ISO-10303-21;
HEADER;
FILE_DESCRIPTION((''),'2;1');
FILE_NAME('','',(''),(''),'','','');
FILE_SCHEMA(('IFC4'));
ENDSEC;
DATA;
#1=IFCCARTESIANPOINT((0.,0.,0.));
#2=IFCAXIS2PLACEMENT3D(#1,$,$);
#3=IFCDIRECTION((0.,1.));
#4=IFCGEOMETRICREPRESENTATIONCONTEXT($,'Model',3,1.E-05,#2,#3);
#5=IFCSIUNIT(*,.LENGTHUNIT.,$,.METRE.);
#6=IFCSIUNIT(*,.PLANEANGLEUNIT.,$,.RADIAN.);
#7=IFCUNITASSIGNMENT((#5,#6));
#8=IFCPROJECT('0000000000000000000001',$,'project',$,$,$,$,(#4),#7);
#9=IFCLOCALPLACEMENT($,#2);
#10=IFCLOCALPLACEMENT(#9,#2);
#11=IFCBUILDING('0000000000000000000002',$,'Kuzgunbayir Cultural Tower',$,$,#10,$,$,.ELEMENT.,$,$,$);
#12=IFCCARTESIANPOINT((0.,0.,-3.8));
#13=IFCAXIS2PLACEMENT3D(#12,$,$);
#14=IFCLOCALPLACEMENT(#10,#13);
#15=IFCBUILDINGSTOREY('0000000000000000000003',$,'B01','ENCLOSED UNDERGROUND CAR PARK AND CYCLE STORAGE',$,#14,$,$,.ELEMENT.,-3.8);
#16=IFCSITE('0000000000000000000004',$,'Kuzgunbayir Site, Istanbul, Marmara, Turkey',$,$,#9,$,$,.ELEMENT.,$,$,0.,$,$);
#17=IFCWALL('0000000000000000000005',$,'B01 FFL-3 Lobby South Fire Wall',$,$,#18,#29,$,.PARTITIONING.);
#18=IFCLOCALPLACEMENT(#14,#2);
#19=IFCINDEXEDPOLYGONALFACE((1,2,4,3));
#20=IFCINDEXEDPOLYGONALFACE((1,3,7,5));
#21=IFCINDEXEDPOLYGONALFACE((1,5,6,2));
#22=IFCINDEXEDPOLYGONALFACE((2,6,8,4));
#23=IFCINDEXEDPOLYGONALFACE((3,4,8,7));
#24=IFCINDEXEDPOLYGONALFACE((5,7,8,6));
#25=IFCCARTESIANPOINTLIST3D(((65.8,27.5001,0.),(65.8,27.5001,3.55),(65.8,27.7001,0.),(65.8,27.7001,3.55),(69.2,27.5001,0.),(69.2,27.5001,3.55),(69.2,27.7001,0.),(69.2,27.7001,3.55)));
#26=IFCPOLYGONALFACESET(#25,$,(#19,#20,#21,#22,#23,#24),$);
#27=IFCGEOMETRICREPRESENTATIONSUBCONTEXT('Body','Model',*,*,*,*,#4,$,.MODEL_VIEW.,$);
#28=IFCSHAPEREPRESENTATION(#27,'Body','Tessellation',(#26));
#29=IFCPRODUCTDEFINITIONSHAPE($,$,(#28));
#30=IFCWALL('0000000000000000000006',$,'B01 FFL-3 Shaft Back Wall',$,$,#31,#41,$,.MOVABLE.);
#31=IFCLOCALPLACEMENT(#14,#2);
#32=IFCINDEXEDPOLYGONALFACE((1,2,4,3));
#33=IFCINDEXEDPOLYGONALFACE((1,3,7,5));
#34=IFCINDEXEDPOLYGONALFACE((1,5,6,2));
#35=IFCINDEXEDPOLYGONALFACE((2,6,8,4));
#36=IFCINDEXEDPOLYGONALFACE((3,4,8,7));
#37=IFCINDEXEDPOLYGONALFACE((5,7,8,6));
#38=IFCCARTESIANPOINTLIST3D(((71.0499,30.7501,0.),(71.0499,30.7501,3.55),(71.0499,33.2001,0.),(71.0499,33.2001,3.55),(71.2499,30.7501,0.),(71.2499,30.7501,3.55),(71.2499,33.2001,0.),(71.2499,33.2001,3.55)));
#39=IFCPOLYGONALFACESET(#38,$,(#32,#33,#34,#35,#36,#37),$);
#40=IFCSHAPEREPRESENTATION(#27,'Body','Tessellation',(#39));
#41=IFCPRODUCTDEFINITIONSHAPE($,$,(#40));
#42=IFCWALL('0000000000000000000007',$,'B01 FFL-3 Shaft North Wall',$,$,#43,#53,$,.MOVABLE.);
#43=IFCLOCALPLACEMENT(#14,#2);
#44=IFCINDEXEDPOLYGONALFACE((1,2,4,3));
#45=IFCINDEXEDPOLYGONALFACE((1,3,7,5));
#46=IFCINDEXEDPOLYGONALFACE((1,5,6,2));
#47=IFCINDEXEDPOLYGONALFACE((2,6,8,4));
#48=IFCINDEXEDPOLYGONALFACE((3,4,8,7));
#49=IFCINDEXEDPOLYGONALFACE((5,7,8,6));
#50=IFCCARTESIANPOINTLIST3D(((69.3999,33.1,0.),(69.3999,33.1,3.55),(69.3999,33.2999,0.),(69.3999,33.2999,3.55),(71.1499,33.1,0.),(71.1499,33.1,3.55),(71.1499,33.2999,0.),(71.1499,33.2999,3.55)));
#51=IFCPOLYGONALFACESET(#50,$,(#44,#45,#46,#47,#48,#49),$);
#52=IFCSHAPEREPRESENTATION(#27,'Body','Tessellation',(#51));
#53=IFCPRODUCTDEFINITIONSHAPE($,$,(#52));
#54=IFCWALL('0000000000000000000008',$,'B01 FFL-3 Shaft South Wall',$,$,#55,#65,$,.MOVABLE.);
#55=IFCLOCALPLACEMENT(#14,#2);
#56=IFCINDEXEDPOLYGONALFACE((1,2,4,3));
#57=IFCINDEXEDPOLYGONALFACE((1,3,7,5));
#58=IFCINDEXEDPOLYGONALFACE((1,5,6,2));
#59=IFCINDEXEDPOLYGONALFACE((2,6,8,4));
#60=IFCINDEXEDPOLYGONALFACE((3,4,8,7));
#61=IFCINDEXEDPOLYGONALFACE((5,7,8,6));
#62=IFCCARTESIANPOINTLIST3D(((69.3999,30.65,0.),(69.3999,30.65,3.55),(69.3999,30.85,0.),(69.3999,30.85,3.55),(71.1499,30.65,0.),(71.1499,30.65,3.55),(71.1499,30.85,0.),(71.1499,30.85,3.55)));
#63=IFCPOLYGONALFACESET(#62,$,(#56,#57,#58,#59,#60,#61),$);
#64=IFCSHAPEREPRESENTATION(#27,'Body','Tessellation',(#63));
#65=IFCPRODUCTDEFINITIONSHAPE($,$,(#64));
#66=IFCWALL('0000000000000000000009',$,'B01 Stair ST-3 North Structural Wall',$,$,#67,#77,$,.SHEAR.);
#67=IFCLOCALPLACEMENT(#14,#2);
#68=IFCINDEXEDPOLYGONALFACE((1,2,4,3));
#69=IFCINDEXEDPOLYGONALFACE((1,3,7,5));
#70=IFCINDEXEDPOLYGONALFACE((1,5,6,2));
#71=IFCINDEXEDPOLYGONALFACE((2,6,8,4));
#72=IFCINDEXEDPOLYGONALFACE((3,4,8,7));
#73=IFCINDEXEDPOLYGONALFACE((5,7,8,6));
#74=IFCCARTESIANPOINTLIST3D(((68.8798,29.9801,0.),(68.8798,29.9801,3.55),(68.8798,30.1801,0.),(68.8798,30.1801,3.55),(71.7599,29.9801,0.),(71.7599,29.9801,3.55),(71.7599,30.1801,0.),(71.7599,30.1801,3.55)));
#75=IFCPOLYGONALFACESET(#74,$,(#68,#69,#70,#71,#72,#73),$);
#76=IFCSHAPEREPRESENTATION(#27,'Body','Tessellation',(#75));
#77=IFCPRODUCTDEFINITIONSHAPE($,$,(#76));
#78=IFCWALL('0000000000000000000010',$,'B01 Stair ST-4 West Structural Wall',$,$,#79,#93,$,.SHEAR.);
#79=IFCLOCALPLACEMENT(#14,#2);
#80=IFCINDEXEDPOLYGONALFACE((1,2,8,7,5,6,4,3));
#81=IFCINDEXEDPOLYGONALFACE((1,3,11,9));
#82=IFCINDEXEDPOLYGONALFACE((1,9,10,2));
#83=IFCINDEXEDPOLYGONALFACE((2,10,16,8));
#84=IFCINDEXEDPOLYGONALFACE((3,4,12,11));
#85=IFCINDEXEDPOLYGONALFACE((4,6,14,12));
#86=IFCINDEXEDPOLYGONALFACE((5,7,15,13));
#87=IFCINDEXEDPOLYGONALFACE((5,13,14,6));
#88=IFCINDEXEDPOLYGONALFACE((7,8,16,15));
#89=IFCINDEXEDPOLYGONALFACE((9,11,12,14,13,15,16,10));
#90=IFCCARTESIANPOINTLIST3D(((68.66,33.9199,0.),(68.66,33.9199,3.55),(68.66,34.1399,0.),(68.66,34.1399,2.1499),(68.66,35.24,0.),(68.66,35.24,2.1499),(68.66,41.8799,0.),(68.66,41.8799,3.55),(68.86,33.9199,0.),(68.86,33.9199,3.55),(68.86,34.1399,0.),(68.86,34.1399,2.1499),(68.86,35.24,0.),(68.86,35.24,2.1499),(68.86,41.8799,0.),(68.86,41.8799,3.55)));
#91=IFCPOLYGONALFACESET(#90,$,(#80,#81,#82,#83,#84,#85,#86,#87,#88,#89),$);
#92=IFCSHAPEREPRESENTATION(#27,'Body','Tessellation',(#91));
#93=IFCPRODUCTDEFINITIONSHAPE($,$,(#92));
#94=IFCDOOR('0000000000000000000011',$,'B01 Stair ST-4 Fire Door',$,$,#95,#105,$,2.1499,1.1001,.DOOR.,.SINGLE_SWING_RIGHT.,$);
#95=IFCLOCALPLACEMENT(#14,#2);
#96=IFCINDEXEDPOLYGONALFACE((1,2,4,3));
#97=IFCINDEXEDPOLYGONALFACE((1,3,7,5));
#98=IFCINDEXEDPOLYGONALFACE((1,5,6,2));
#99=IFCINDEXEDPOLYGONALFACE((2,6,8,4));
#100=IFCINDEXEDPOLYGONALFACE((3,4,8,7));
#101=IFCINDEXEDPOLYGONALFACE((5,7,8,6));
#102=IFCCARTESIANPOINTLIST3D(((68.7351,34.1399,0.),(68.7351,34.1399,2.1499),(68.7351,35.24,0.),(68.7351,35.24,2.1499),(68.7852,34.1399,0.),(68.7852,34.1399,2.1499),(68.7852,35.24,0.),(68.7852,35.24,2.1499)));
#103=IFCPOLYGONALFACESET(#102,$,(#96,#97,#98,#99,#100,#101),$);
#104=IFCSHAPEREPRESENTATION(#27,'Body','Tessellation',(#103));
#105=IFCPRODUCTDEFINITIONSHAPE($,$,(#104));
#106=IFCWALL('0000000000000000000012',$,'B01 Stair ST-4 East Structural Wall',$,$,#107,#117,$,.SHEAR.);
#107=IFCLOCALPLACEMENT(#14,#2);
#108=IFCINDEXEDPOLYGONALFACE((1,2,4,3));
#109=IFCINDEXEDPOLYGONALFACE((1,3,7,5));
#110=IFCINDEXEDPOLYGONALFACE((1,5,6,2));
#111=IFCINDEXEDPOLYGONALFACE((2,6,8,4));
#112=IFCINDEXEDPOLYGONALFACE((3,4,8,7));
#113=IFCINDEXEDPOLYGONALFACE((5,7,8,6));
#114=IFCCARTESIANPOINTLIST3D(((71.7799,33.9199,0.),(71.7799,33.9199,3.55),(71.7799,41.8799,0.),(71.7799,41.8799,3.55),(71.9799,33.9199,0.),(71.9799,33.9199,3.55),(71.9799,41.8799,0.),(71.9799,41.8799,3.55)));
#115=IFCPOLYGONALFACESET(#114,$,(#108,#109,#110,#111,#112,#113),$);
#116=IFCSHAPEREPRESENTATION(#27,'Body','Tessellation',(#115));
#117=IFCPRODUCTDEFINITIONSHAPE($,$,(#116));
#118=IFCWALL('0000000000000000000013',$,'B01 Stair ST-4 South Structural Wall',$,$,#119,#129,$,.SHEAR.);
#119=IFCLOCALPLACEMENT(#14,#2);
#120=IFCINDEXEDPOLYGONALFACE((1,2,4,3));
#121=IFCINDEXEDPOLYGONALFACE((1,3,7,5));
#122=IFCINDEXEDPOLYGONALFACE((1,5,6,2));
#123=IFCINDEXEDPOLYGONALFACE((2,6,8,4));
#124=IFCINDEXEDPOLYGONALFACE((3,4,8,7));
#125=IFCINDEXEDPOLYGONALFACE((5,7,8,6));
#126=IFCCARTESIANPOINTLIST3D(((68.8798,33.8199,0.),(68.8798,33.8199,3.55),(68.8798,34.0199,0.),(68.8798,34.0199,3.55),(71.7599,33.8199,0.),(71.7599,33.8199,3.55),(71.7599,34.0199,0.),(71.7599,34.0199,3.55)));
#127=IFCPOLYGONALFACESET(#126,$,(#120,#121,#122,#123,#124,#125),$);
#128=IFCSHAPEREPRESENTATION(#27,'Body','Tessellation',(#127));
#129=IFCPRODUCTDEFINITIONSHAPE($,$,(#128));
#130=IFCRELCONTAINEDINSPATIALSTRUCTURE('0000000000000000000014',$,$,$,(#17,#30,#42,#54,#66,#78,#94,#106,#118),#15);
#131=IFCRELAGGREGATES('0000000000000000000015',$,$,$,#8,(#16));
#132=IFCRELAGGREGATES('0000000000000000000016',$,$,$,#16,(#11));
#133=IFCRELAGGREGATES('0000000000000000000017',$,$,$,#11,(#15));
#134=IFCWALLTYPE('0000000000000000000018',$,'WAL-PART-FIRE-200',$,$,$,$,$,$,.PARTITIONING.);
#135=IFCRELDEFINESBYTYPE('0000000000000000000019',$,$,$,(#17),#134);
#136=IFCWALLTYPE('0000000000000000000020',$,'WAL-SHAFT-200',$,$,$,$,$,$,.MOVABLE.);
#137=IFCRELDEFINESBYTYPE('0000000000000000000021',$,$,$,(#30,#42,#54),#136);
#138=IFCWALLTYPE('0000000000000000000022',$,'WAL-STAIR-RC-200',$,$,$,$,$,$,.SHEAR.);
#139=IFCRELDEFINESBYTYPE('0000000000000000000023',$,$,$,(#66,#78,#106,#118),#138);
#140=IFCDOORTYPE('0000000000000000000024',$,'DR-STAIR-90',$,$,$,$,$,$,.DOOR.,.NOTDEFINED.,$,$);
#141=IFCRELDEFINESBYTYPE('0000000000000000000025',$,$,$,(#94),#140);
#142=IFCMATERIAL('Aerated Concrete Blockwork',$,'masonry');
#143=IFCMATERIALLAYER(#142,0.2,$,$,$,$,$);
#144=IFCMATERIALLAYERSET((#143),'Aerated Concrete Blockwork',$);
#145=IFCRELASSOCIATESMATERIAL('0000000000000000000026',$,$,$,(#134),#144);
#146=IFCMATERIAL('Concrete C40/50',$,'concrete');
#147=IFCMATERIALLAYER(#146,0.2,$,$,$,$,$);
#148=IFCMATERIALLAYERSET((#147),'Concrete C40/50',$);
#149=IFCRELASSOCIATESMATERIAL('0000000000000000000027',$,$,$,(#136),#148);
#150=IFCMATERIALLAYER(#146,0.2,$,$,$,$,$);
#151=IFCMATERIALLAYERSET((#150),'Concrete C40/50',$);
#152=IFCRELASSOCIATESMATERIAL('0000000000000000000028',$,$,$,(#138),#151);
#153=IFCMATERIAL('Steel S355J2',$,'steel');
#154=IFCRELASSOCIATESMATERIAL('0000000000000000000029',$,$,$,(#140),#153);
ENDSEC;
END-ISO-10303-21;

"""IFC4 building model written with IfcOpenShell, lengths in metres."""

from ifc_helpers import new_model, si_unit, direction, frame, frame_2d, origin, place, context, subcontext, project, spatial, rectangle, extrude, material, layer, layer_set, type_object, element, fill, save


model = new_model("IFC4")

# Units and contexts
model_context = context("Model", 3, precision=1e-05, world=origin(), true_north=direction((0.0, 1.0)))
body_context = subcontext(model_context, "Body", "Model", "MODEL_VIEW")
ifc_project = project(units=[si_unit("LENGTHUNIT", "METRE"), si_unit("PLANEANGLEUNIT", "RADIAN")], contexts=[model_context])

# Site, building, storey
site_placement = place(None, origin())
site = spatial("IfcSite", under=ifc_project, at=site_placement, Name="Kuzgunbayir Site, Istanbul, Marmara, Turkey", CompositionType="ELEMENT", RefElevation=0.0)
building_placement = place(site_placement, origin())
building = spatial("IfcBuilding", under=site, at=building_placement, Name="Kuzgunbayir Cultural Tower", CompositionType="ELEMENT")
storey_placement = place(building_placement, frame((0.0, 0.0, -3.8)))
storey = spatial("IfcBuildingStorey", under=building, at=storey_placement, Name="B01", Description="ENCLOSED UNDERGROUND CAR PARK AND CYCLE STORAGE", CompositionType="ELEMENT", Elevation=-3.8)

# Wall
ifc_material_1 = material(Name="Aerated Concrete Blockwork", Category="masonry")
ifc_layer_1 = layer(ifc_material_1, 0.2)
ifc_layer_set_1 = layer_set([ifc_layer_1], Name="Aerated Concrete Blockwork")
wall_type_1 = type_object("IfcWallType", Name="WAL-PART-FIRE-200", PredefinedType="PARTITIONING", material=ifc_layer_set_1)
wall_1_placement = place(storey_placement, frame((65.8, 27.6001, 0.0), z_axis=(0.0, 0.0, 1.0), x_axis=(1.0, 0.0, 0.0)))
element("IfcWall", 1, at=wall_1_placement, inside=storey, type_object=wall_type_1, Name="B01 FFL-3 Lobby South Fire Wall", PredefinedType="PARTITIONING", context=body_context, shape_type="SweptSolid", body=[
    extrude(rectangle(XDim=3.3999, YDim=0.2, at=frame_2d((1.7, 0.0))), origin(), (0.0, 0.0, 1.0), 3.55),
])

# Shared definitions
ifc_material_2 = material(Name="Concrete C40/50", Category="concrete")
ifc_layer_2 = layer(ifc_material_2, 0.2)
ifc_layer_set_2 = layer_set([ifc_layer_2], Name="Concrete C40/50")
wall_type_2 = type_object("IfcWallType", Name="WAL-SHAFT-200", PredefinedType="MOVABLE", material=ifc_layer_set_2)

# Walls
wall_2_placement = place(storey_placement, frame((71.1499, 30.75, 0.0), z_axis=(0.0, 0.0, 1.0), x_axis=(0.0, 1.0, 0.0)))
element("IfcWall", 2, at=wall_2_placement, inside=storey, type_object=wall_type_2, Name="B01 FFL-3 Shaft Back Wall", PredefinedType="MOVABLE", context=body_context, shape_type="SweptSolid", body=[
    extrude(rectangle(XDim=2.45, YDim=0.2, at=frame_2d((1.2251, 0.0))), origin(), (0.0, 0.0, 1.0), 3.55),
])
for number, where, z_axis, x_axis, name in (
    (3, (69.3999, 33.2, 0.0), (0.0, 0.0, 1.0), (1.0, 0.0, 0.0), "B01 FFL-3 Shaft North Wall"),
    (4, (69.3999, 30.75, 0.0), (0.0, 0.0, 1.0), (1.0, 0.0, 0.0), "B01 FFL-3 Shaft South Wall"),
):
    element("IfcWall", number, at=place(storey_placement, frame(where, z_axis=z_axis, x_axis=x_axis)), inside=storey, type_object=wall_type_2, Name=name, PredefinedType="MOVABLE", context=body_context, shape_type="SweptSolid", body=[
        extrude(rectangle(XDim=1.75, YDim=0.2, at=frame_2d((0.875, 0.0))), origin(), (0.0, 0.0, 1.0), 3.55),
    ])
ifc_layer_3 = layer(ifc_material_2, 0.2)
ifc_layer_set_3 = layer_set([ifc_layer_3], Name="Concrete C40/50")
wall_type_3 = type_object("IfcWallType", Name="WAL-STAIR-RC-200", PredefinedType="SHEAR", material=ifc_layer_set_3)
wall_3_placement = place(storey_placement, frame((68.8799, 30.0801, 0.0), z_axis=(0.0, 0.0, 1.0), x_axis=(1.0, 0.0, 0.0)))
element("IfcWall", 5, at=wall_3_placement, inside=storey, type_object=wall_type_3, Name="B01 Stair ST-3 North Structural Wall", PredefinedType="SHEAR", context=body_context, shape_type="SweptSolid", body=[
    extrude(rectangle(XDim=2.8801, YDim=0.2, at=frame_2d((1.4399, 0.0))), origin(), (0.0, 0.0, 1.0), 3.55),
])

# Wall, opening, door
wall_4_placement = place(storey_placement, frame((68.76, 33.9199, 0.0), z_axis=(0.0, 0.0, 1.0), x_axis=(0.0, 1.0, 0.0)))
wall_4 = element("IfcWall", 6, at=wall_4_placement, inside=storey, type_object=wall_type_3, Name="B01 Stair ST-4 West Structural Wall", PredefinedType="SHEAR", context=body_context, shape_type="SweptSolid", body=[
    extrude(rectangle(XDim=7.96, YDim=0.2, at=frame_2d((3.98, 0.0))), origin(), (0.0, 0.0, 1.0), 3.55),
])
opening_1_placement = place(wall_4_placement, frame((0.22, 0.0, 0.0)))
opening_1 = element("IfcOpeningElement", 7, at=opening_1_placement, cuts=wall_4, PredefinedType="OPENING", context=body_context, shape_type="SweptSolid", body=[
    extrude(rectangle(XDim=1.1001, YDim=2.1499, at=frame_2d((0.55, 1.075))), frame((0.0, 0.1099, 0.0), z_axis=(0.0, -1.0, 0.0), x_axis=(1.0, 0.0, 0.0)), (0.0, 0.0, 1.0), 0.22),
])
ifc_material_3 = material(Name="Steel S355J2", Category="steel")
door_type_1 = type_object("IfcDoorType", Name="DR-STAIR-90", OperationType="NOTDEFINED", PredefinedType="DOOR", material=ifc_material_3)
door_1_placement = place(opening_1_placement, origin())
door_1 = element("IfcDoor", 8, at=door_1_placement, inside=storey, type_object=door_type_1, Name="B01 Stair ST-4 Fire Door", OperationType="SINGLE_SWING_RIGHT", OverallHeight=2.1499, OverallWidth=1.1001, PredefinedType="DOOR", context=body_context, shape_type="SweptSolid", body=[
    extrude(rectangle(XDim=1.1001, YDim=2.1499, at=frame_2d((0.55, 1.075))), frame((0.0, 0.0249, 0.0), z_axis=(0.0, -1.0, 0.0), x_axis=(1.0, 0.0, 0.0)), (0.0, 0.0, 1.0), 0.05),
])
fill(opening_1, door_1)

# Walls
wall_5_placement = place(storey_placement, frame((71.8799, 33.9199, 0.0), z_axis=(0.0, 0.0, 1.0), x_axis=(0.0, 1.0, 0.0)))
element("IfcWall", 9, at=wall_5_placement, inside=storey, type_object=wall_type_3, Name="B01 Stair ST-4 East Structural Wall", PredefinedType="SHEAR", context=body_context, shape_type="SweptSolid", body=[
    extrude(rectangle(XDim=7.96, YDim=0.2, at=frame_2d((3.98, 0.0))), origin(), (0.0, 0.0, 1.0), 3.55),
])
wall_6_placement = place(storey_placement, frame((68.8799, 33.9199, 0.0), z_axis=(0.0, 0.0, 1.0), x_axis=(1.0, 0.0, 0.0)))
element("IfcWall", 10, at=wall_6_placement, inside=storey, type_object=wall_type_3, Name="B01 Stair ST-4 South Structural Wall", PredefinedType="SHEAR", context=body_context, shape_type="SweptSolid", body=[
    extrude(rectangle(XDim=2.8801, YDim=0.2, at=frame_2d((1.4399, 0.0))), origin(), (0.0, 0.0, 1.0), 3.55),
])

save(model, "model.ifc")
